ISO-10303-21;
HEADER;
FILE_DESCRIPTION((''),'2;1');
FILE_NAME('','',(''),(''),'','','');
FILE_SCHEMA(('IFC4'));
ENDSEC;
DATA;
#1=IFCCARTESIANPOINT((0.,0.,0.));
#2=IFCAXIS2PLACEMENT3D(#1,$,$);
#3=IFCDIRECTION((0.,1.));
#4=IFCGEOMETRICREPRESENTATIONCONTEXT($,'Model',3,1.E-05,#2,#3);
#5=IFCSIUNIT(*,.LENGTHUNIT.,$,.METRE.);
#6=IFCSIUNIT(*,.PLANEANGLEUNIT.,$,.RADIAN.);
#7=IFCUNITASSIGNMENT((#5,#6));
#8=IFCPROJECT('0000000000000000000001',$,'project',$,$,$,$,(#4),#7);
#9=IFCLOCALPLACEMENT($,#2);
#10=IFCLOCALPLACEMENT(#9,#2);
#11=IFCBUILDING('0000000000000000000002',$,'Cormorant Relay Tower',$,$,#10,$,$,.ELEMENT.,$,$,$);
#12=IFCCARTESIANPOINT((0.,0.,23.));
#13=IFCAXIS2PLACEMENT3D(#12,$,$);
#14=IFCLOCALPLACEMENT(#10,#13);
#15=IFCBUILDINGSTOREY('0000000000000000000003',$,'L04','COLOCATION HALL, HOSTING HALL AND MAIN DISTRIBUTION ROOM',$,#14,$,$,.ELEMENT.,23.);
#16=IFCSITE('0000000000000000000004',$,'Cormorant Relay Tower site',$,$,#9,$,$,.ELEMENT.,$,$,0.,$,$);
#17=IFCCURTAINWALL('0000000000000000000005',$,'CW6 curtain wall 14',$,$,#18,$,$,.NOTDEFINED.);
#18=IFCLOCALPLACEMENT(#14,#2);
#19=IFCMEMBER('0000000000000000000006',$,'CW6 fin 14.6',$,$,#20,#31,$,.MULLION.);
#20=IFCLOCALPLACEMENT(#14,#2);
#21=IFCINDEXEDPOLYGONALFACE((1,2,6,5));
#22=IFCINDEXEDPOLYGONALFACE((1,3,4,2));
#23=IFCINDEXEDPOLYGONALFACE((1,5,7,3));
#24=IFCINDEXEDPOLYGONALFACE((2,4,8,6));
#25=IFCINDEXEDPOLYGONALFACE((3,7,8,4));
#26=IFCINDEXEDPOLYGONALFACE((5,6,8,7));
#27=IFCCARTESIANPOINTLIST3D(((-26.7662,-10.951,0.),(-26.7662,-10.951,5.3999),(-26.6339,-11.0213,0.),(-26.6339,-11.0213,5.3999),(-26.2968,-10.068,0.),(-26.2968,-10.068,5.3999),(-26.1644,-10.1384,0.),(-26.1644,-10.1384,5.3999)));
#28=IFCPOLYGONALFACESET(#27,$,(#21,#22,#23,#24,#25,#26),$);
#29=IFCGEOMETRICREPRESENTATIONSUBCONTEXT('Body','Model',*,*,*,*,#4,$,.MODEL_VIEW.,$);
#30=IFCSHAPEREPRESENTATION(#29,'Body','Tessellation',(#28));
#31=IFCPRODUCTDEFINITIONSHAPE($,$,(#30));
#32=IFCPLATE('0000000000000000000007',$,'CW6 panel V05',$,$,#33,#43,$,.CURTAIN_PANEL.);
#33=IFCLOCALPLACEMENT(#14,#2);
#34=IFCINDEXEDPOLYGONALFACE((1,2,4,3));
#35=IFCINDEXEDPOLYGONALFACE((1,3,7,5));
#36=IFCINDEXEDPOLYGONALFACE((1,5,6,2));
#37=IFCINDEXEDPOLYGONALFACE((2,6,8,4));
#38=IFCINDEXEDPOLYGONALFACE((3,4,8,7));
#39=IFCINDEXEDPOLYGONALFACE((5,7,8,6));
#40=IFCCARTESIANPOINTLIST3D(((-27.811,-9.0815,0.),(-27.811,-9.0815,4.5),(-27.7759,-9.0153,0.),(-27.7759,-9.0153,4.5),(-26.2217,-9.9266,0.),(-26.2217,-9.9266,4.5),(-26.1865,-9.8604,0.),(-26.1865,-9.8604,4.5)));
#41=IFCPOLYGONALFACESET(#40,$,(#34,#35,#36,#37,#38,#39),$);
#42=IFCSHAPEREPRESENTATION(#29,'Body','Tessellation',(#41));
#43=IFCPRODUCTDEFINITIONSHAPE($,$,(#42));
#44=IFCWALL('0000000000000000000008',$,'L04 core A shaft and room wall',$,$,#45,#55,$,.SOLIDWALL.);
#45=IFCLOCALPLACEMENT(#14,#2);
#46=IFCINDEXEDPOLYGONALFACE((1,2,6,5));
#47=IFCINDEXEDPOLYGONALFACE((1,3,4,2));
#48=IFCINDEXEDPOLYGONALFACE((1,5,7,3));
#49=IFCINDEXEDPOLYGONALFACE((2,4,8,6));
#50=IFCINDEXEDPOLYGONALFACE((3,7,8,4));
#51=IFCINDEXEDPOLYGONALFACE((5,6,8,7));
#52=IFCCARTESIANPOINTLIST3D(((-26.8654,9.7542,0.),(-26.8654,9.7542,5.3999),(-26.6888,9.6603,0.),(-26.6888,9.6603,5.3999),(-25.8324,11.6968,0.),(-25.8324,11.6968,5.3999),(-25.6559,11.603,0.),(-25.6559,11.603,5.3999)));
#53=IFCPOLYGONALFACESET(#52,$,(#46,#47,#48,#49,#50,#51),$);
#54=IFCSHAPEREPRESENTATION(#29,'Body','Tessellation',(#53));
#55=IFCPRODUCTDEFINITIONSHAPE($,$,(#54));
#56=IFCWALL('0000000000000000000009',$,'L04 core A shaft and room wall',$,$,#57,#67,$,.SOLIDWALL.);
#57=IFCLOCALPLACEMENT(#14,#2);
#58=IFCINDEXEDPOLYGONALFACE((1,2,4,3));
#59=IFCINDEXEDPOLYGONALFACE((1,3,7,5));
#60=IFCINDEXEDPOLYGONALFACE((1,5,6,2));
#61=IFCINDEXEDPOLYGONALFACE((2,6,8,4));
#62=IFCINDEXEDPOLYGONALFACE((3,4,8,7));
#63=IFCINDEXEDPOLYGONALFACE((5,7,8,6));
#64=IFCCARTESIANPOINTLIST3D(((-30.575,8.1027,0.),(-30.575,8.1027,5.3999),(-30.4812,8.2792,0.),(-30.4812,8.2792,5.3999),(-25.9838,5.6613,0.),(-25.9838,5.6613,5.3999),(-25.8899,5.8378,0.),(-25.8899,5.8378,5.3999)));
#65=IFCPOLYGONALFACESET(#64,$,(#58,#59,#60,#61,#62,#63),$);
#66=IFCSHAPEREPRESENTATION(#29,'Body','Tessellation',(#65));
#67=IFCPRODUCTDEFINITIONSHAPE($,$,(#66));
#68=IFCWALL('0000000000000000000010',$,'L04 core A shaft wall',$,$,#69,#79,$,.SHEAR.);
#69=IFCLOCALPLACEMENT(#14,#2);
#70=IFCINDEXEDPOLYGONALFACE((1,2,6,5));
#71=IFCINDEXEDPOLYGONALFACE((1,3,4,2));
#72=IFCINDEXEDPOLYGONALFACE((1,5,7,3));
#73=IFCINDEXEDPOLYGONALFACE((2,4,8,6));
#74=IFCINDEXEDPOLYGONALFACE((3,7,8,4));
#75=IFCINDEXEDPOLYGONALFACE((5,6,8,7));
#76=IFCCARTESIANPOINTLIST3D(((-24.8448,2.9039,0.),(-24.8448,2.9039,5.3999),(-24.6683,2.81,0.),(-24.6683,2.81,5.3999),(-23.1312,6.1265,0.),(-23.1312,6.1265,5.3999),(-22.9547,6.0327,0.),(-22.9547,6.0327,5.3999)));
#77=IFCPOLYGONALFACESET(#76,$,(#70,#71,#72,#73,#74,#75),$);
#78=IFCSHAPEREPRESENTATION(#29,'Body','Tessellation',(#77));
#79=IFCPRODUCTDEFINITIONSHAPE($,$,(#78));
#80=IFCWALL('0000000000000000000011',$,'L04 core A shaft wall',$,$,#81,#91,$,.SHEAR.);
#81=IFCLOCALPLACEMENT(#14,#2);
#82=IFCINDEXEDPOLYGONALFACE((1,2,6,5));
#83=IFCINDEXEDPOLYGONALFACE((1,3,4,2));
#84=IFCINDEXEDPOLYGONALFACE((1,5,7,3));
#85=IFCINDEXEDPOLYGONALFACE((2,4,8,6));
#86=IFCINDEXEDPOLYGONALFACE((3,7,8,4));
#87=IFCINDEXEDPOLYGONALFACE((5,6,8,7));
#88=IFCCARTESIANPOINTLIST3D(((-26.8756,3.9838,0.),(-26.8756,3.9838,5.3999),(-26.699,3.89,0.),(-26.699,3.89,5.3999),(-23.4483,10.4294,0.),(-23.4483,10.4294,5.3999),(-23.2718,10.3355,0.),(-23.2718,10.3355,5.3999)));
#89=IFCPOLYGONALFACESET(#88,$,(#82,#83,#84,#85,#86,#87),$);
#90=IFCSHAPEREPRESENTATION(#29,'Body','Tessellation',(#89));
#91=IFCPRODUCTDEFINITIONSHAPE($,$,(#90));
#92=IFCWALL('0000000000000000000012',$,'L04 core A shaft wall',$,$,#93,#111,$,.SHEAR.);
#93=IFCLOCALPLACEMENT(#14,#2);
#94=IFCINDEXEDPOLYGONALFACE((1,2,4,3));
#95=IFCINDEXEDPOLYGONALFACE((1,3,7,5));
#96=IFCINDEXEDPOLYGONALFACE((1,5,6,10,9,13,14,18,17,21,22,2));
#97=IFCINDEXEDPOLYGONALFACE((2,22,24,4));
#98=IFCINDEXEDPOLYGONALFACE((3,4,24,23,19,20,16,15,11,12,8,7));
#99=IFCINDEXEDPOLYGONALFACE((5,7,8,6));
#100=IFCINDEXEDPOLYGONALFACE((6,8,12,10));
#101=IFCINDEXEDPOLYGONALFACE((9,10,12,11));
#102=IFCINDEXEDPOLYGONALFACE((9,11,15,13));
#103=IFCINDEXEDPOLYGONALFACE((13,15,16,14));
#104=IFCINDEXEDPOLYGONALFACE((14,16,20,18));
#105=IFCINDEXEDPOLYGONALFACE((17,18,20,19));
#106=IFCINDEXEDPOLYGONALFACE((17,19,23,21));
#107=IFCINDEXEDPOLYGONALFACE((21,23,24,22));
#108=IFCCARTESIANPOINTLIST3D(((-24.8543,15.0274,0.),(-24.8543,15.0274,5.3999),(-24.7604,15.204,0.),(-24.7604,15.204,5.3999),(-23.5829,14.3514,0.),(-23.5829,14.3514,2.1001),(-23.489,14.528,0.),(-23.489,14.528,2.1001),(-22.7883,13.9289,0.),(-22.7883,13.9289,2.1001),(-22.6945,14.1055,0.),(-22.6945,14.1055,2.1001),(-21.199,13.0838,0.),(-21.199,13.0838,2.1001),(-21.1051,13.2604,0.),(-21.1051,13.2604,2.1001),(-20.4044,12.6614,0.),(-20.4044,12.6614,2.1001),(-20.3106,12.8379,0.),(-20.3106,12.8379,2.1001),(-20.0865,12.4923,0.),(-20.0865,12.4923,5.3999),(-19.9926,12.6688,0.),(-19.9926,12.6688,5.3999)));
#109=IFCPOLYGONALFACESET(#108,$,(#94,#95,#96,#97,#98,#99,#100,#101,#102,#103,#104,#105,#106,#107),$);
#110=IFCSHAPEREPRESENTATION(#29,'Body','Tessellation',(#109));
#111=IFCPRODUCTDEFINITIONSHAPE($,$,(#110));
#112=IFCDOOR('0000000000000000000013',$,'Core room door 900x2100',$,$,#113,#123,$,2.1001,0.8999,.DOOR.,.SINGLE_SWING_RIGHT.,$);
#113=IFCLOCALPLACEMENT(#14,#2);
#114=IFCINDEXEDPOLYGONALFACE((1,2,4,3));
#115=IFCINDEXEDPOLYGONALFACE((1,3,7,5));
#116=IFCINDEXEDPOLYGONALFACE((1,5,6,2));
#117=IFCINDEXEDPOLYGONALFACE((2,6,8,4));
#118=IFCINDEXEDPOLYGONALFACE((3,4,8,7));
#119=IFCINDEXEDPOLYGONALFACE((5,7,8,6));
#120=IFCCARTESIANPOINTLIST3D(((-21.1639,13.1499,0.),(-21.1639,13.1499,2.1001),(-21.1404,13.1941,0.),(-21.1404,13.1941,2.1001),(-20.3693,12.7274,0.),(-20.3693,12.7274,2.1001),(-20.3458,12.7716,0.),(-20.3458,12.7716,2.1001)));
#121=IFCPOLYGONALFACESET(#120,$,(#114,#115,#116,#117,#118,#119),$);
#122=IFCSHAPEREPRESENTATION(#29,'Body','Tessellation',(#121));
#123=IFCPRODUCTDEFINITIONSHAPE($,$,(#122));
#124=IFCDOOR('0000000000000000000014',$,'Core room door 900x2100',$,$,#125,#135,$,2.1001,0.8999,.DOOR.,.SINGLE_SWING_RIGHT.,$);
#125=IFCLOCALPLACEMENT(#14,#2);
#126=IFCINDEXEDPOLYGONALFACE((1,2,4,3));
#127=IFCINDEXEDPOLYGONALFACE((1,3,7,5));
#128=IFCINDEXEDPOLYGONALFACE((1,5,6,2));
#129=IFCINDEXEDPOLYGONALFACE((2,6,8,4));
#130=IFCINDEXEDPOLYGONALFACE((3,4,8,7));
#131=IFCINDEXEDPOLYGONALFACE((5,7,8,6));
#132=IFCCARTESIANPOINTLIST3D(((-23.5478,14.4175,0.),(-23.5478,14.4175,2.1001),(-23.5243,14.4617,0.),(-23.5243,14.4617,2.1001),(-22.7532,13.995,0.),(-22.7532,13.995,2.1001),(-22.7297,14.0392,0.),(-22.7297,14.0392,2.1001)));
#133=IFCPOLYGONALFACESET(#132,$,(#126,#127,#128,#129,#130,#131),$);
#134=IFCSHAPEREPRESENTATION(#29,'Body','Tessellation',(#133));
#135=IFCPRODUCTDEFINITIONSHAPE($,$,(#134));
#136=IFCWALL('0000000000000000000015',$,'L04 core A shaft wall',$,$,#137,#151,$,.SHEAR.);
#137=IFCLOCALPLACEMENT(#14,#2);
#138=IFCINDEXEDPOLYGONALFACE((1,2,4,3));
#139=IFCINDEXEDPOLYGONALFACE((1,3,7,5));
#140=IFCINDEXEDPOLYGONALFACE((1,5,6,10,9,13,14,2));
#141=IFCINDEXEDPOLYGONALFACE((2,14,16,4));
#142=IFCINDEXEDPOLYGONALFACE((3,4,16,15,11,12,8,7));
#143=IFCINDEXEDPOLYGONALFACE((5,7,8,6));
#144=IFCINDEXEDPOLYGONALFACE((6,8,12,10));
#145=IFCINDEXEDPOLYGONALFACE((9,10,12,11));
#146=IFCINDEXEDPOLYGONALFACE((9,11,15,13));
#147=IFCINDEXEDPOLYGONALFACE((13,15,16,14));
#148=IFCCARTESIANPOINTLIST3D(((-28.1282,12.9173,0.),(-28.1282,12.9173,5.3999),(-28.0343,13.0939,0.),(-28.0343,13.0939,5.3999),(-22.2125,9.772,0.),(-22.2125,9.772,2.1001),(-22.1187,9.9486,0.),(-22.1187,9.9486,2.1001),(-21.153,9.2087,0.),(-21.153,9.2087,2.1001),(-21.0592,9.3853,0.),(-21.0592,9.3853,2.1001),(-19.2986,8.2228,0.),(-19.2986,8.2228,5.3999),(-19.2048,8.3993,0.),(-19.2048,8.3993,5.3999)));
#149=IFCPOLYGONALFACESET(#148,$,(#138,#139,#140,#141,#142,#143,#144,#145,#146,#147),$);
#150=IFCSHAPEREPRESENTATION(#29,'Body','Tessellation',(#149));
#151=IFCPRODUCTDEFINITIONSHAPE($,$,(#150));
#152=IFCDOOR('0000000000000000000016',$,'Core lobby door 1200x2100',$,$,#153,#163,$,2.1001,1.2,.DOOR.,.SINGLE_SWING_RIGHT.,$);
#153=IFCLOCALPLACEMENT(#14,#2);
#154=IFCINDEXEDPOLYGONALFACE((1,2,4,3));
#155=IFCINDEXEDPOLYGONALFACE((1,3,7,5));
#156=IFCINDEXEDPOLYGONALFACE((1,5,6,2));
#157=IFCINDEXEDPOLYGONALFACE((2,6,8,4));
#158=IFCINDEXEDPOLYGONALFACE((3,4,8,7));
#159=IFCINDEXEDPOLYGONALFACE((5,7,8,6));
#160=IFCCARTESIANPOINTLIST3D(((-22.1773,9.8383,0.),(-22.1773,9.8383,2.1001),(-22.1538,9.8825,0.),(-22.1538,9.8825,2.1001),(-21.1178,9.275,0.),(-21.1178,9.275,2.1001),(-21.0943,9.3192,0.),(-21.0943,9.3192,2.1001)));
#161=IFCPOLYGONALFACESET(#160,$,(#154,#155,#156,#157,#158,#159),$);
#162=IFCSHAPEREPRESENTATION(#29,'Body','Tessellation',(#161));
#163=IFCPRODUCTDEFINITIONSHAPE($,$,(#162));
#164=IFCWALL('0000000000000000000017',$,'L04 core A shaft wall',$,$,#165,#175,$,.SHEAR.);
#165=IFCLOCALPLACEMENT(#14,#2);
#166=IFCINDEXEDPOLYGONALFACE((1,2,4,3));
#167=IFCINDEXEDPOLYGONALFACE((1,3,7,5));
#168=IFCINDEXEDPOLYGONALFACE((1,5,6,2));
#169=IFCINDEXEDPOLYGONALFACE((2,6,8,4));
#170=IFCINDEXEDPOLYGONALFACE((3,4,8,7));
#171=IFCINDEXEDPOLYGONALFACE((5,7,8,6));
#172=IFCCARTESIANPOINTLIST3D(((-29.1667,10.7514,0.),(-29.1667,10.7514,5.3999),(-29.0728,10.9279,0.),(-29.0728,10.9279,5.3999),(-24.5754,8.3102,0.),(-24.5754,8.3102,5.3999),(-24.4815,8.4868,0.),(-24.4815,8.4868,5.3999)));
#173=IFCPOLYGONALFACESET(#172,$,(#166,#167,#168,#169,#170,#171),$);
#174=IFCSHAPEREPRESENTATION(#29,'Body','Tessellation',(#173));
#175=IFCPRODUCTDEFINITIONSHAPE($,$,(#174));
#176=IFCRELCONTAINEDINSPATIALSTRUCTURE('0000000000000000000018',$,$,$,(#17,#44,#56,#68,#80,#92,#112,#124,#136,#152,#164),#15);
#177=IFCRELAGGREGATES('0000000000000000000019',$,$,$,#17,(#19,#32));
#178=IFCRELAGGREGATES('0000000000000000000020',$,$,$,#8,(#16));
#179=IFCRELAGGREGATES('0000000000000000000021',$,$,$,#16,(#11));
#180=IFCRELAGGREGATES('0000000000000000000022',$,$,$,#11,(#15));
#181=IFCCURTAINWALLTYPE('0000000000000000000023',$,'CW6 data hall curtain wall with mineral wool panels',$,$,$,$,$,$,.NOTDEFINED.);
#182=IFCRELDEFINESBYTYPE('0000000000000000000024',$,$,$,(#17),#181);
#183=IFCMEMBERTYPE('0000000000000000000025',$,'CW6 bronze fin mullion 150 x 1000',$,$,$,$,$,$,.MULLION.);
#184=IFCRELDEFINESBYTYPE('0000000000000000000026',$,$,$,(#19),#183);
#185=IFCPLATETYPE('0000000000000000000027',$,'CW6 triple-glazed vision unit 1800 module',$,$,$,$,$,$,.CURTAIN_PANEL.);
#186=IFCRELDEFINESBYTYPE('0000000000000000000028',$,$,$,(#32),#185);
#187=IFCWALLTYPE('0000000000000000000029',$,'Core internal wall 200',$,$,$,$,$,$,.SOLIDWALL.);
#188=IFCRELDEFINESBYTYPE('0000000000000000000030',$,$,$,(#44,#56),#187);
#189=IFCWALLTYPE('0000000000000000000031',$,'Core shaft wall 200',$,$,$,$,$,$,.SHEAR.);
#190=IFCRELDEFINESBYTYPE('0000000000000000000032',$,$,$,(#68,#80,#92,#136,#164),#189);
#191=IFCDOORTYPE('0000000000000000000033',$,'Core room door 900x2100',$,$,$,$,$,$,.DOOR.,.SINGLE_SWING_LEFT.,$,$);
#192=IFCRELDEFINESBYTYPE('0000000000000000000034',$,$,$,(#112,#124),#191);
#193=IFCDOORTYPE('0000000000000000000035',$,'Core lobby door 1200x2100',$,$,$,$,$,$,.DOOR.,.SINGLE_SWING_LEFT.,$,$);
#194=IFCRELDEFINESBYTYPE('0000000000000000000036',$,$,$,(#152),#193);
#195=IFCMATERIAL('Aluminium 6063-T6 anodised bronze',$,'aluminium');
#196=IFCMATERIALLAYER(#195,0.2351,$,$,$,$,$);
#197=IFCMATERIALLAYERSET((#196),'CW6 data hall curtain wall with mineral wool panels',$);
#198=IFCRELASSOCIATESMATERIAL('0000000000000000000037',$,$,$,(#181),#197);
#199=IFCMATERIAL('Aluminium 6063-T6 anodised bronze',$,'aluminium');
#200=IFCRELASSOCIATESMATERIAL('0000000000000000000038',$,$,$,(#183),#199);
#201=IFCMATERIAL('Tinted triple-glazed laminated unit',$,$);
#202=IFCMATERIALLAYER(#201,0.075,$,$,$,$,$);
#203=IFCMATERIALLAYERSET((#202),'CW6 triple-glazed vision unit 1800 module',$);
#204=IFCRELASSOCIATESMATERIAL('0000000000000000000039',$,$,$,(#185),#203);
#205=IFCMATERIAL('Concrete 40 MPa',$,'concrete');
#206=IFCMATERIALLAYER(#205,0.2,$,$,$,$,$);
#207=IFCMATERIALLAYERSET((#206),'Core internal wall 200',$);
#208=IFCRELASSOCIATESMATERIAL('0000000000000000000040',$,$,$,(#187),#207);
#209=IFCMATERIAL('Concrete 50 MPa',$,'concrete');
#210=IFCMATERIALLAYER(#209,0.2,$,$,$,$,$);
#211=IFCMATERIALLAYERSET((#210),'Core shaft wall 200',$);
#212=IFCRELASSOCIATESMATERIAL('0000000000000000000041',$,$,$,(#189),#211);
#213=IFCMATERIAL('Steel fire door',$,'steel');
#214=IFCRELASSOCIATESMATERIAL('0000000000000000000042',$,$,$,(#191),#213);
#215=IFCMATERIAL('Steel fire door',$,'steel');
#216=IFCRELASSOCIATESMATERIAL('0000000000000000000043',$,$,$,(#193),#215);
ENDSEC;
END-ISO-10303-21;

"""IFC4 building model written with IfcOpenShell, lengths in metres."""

from ifc_helpers import new_model, si_unit, direction, frame, frame_2d, origin, origin_2d, place, context, subcontext, project, spatial, rectangle, extrude, material, layer, layer_set, material_profile, profile_set, type_object, element, fill, aggregate, save


model = new_model("IFC4")

# Units and contexts
model_context = context("Model", 3, precision=1e-05, world=origin(), true_north=direction((0.0, 1.0)))
body_context = subcontext(model_context, "Body", "Model", "MODEL_VIEW")
ifc_project = project(units=[si_unit("LENGTHUNIT", "METRE"), si_unit("PLANEANGLEUNIT", "RADIAN")], contexts=[model_context])

# Site, building, storey
site_placement = place(None, origin())
site = spatial("IfcSite", under=ifc_project, at=site_placement, Name="Cormorant Relay Tower site", CompositionType="ELEMENT", RefElevation=0.0)
building_placement = place(site_placement, origin())
building = spatial("IfcBuilding", under=site, at=building_placement, Name="Cormorant Relay Tower", CompositionType="ELEMENT")
storey_placement = place(building_placement, frame((0.0, 0.0, 23.0)))
storey = spatial("IfcBuildingStorey", under=building, at=storey_placement, Name="L04", Description="COLOCATION HALL, HOSTING HALL AND MAIN DISTRIBUTION ROOM", CompositionType="ELEMENT", Elevation=23.0)

# Curtain wall, member, plate
ifc_material_1 = material(Name="Aluminium 6063-T6 anodised bronze", Category="aluminium")
ifc_layer_1 = layer(ifc_material_1, 0.2351)
ifc_layer_set_1 = layer_set([ifc_layer_1], Name="CW6 data hall curtain wall with mineral wool panels")
curtain_wall_type = type_object("IfcCurtainWallType", Name="CW6 data hall curtain wall with mineral wool panels", PredefinedType="NOTDEFINED", material=ifc_layer_set_1)
curtain_wall_placement = place(storey_placement, origin())
curtain_wall = element("IfcCurtainWall", 1, at=curtain_wall_placement, inside=storey, type_object=curtain_wall_type, Name="CW6 curtain wall 14", PredefinedType="NOTDEFINED")
ifc_material_2 = material(Name="Aluminium 6063-T6 anodised bronze", Category="aluminium")
ifc_material_profile = material_profile(ifc_material_2, rectangle(XDim=0.1499, YDim=1.0, at=origin_2d()), Name="AL 150x1000")
ifc_profile_set = profile_set([ifc_material_profile], Name="Aluminium 6063-T6 anodised bronze")
member_type = type_object("IfcMemberType", Name="CW6 bronze fin mullion 150 x 1000", PredefinedType="MULLION", material=ifc_profile_set)
member_placement = place(storey_placement, frame((-26.4653, -10.5447, 0.0), z_axis=(0.0, 0.0, 1.0), x_axis=(0.882948, -0.469472, 0.0)))
member = element("IfcMember", 2, at=member_placement, type_object=member_type, Name="CW6 fin 14.6", PredefinedType="MULLION", context=body_context, shape_type="SweptSolid", body=[
    extrude(rectangle(XDim=0.1499, YDim=1.0, at=origin_2d()), origin(), (0.0, 0.0, 1.0), 5.3999),
])
ifc_material_3 = material(Name="Tinted triple-glazed laminated unit")
ifc_layer_2 = layer(ifc_material_3, 0.075)
ifc_layer_set_2 = layer_set([ifc_layer_2], Name="CW6 triple-glazed vision unit 1800 module")
plate_type = type_object("IfcPlateType", Name="CW6 triple-glazed vision unit 1800 module", PredefinedType="CURTAIN_PANEL", material=ifc_layer_set_2)
plate_placement = place(storey_placement, frame((-26.9988, -9.4709, 0.0), z_axis=(0.0, 0.0, 1.0), x_axis=(0.882948, -0.469472, 0.0)))
plate = element("IfcPlate", 3, at=plate_placement, type_object=plate_type, Name="CW6 panel V05", PredefinedType="CURTAIN_PANEL", context=body_context, shape_type="SweptSolid", body=[
    extrude(rectangle(XDim=1.8, YDim=0.075, at=origin_2d()), origin(), (0.0, 0.0, 1.0), 4.5),
])

# Walls
ifc_material_4 = material(Name="Concrete 40 MPa", Category="concrete")
ifc_layer_3 = layer(ifc_material_4, 0.2)
ifc_layer_set_3 = layer_set([ifc_layer_3], Name="Core internal wall 200")
wall_type_1 = type_object("IfcWallType", Name="Core internal wall 200", PredefinedType="SOLIDWALL", material=ifc_layer_set_3)
wall_1_placement = place(storey_placement, frame((-25.7441, 11.6499, 0.0), z_axis=(0.0, 0.0, 1.0), x_axis=(-0.469488, -0.882939, 0.0)))
element("IfcWall", 4, at=wall_1_placement, inside=storey, type_object=wall_type_1, Name="L04 core A shaft and room wall", PredefinedType="SOLIDWALL", context=body_context, shape_type="SweptSolid", body=[
    extrude(rectangle(XDim=2.2002, YDim=0.2, at=frame_2d((1.1001, 0.0))), origin(), (0.0, 0.0, 1.0), 5.3999),
])
wall_2_placement = place(storey_placement, frame((-25.9368, 5.7495, 0.0), z_axis=(0.0, 0.0, 1.0), x_axis=(-0.882935, 0.469496, 0.0)))
element("IfcWall", 5, at=wall_2_placement, inside=storey, type_object=wall_type_1, Name="L04 core A shaft and room wall", PredefinedType="SOLIDWALL", context=body_context, shape_type="SweptSolid", body=[
    extrude(rectangle(XDim=5.2, YDim=0.2, at=frame_2d((2.6001, 0.0))), origin(), (0.0, 0.0, 1.0), 5.3999),
])
ifc_material_5 = material(Name="Concrete 50 MPa", Category="concrete")
ifc_layer_4 = layer(ifc_material_5, 0.2)
ifc_layer_set_4 = layer_set([ifc_layer_4], Name="Core shaft wall 200")
wall_type_2 = type_object("IfcWallType", Name="Core shaft wall 200", PredefinedType="SHEAR", material=ifc_layer_set_4)
wall_3_placement = place(storey_placement, frame((-23.043, 6.0796, 0.0), z_axis=(0.0, 0.0, 1.0), x_axis=(-0.469494, -0.882936, 0.0)))
element("IfcWall", 6, at=wall_3_placement, inside=storey, type_object=wall_type_2, Name="L04 core A shaft wall", PredefinedType="SHEAR", context=body_context, shape_type="SweptSolid", body=[
    extrude(rectangle(XDim=3.6499, YDim=0.2, at=frame_2d((1.825, 0.0))), origin(), (0.0, 0.0, 1.0), 5.3999),
])
wall_4_placement = place(storey_placement, frame((-23.3601, 10.3823, 0.0), z_axis=(0.0, 0.0, 1.0), x_axis=(-0.46948, -0.882943, 0.0)))
element("IfcWall", 7, at=wall_4_placement, inside=storey, type_object=wall_type_2, Name="L04 core A shaft wall", PredefinedType="SHEAR", context=body_context, shape_type="SweptSolid", body=[
    extrude(rectangle(XDim=7.3, YDim=0.2, at=frame_2d((3.6499, 0.0))), origin(), (0.0, 0.0, 1.0), 5.3999),
])

# Wall, openings, doors
wall_5_placement = place(storey_placement, frame((-20.0396, 12.5806, 0.0), z_axis=(0.0, 0.0, 1.0), x_axis=(-0.882943, 0.46948, 0.0)))
wall_5 = element("IfcWall", 8, at=wall_5_placement, inside=storey, type_object=wall_type_2, Name="L04 core A shaft wall", PredefinedType="SHEAR", context=body_context, shape_type="SweptSolid", body=[
    extrude(rectangle(XDim=5.3999, YDim=0.2, at=frame_2d((2.7, 0.0))), origin(), (0.0, 0.0, 1.0), 5.3999),
])
opening_1_placement = place(wall_5_placement, frame((0.3601, 0.0, 0.0)))
opening_1 = element("IfcOpeningElement", 9, at=opening_1_placement, cuts=wall_5, PredefinedType="OPENING", context=body_context, shape_type="SweptSolid", body=[
    extrude(rectangle(XDim=0.8999, YDim=2.1001, at=frame_2d((0.45, 1.05))), frame((0.0, 0.1099, 0.0), z_axis=(0.0, -1.0, 0.0), x_axis=(1.0, 0.0, 0.0)), (0.0, 0.0, 1.0), 0.22),
])
opening_2_placement = place(wall_5_placement, frame((3.0601, 0.0, 0.0)))
opening_2 = element("IfcOpeningElement", 10, at=opening_2_placement, cuts=wall_5, PredefinedType="OPENING", context=body_context, shape_type="SweptSolid", body=[
    extrude(rectangle(XDim=0.8999, YDim=2.1001, at=frame_2d((0.45, 1.05))), frame((0.0, 0.1099, 0.0), z_axis=(0.0, -1.0, 0.0), x_axis=(1.0, 0.0, 0.0)), (0.0, 0.0, 1.0), 0.22),
])
ifc_material_6 = material(Name="Steel fire door", Category="steel")
door_type_1 = type_object("IfcDoorType", Name="Core room door 900x2100", OperationType="SINGLE_SWING_LEFT", PredefinedType="DOOR", material=ifc_material_6)
door_1_placement = place(opening_1_placement, frame((0.8999, 0.0, 0.0), z_axis=(0.0, 0.0, 1.0), x_axis=(-1.0, 0.0, 0.0)))
door_1 = element("IfcDoor", 11, at=door_1_placement, inside=storey, type_object=door_type_1, Name="Core room door 900x2100", OperationType="SINGLE_SWING_RIGHT", OverallHeight=2.1001, OverallWidth=0.8999, PredefinedType="DOOR", context=body_context, shape_type="SweptSolid", body=[
    extrude(rectangle(XDim=0.8999, YDim=2.1001, at=frame_2d((0.45, 1.05))), frame((0.0, 0.0249, 0.0), z_axis=(0.0, -1.0, 0.0), x_axis=(1.0, 0.0, 0.0)), (0.0, 0.0, 1.0), 0.05),
])
fill(opening_1, door_1)
door_2_placement = place(opening_2_placement, frame((0.8999, 0.0, 0.0), z_axis=(0.0, 0.0, 1.0), x_axis=(-1.0, 0.0, 0.0)))
door_2 = element("IfcDoor", 12, at=door_2_placement, inside=storey, type_object=door_type_1, Name="Core room door 900x2100", OperationType="SINGLE_SWING_RIGHT", OverallHeight=2.1001, OverallWidth=0.8999, PredefinedType="DOOR", context=body_context, shape_type="SweptSolid", body=[
    extrude(rectangle(XDim=0.8999, YDim=2.1001, at=frame_2d((0.45, 1.05))), frame((0.0, 0.0249, 0.0), z_axis=(0.0, -1.0, 0.0), x_axis=(1.0, 0.0, 0.0)), (0.0, 0.0, 1.0), 0.05),
])
fill(opening_2, door_2)

# Wall, opening, door
wall_6_placement = place(storey_placement, frame((-19.2517, 8.311, 0.0), z_axis=(0.0, 0.0, 1.0), x_axis=(-0.882956, 0.469456, 0.0)))
wall_6 = element("IfcWall", 13, at=wall_6_placement, inside=storey, type_object=wall_type_2, Name="L04 core A shaft wall", PredefinedType="SHEAR", context=body_context, shape_type="SweptSolid", body=[
    extrude(rectangle(XDim=10.0, YDim=0.2, at=frame_2d((5.0, 0.0))), origin(), (0.0, 0.0, 1.0), 5.3999),
])
opening_3_placement = place(wall_6_placement, frame((2.1001, 0.0, 0.0)))
opening_3 = element("IfcOpeningElement", 14, at=opening_3_placement, cuts=wall_6, PredefinedType="OPENING", context=body_context, shape_type="SweptSolid", body=[
    extrude(rectangle(XDim=1.2, YDim=2.1001, at=frame_2d((0.6001, 1.05))), frame((0.0, 0.1099, 0.0), z_axis=(0.0, -1.0, 0.0), x_axis=(1.0, 0.0, 0.0)), (0.0, 0.0, 1.0), 0.22),
])
ifc_material_7 = material(Name="Steel fire door", Category="steel")
door_type_2 = type_object("IfcDoorType", Name="Core lobby door 1200x2100", OperationType="SINGLE_SWING_LEFT", PredefinedType="DOOR", material=ifc_material_7)
door_3_placement = place(opening_3_placement, origin())
door_3 = element("IfcDoor", 15, at=door_3_placement, inside=storey, type_object=door_type_2, Name="Core lobby door 1200x2100", OperationType="SINGLE_SWING_RIGHT", OverallHeight=2.1001, OverallWidth=1.2, PredefinedType="DOOR", context=body_context, shape_type="SweptSolid", body=[
    extrude(rectangle(XDim=1.2, YDim=2.1001, at=frame_2d((0.6001, 1.05))), frame((0.0, 0.0249, 0.0), z_axis=(0.0, -1.0, 0.0), x_axis=(1.0, 0.0, 0.0)), (0.0, 0.0, 1.0), 0.05),
])
fill(opening_3, door_3)

# Wall
wall_7_placement = place(storey_placement, frame((-24.5283, 8.3984, 0.0), z_axis=(0.0, 0.0, 1.0), x_axis=(-0.882954, 0.46946, 0.0)))
element("IfcWall", 16, at=wall_7_placement, inside=storey, type_object=wall_type_2, Name="L04 core A shaft wall", PredefinedType="SHEAR", context=body_context, shape_type="SweptSolid", body=[
    extrude(rectangle(XDim=5.2, YDim=0.2, at=frame_2d((2.6001, 0.0))), origin(), (0.0, 0.0, 1.0), 5.3999),
])

aggregate(curtain_wall, [member, plate])

save(model, "model.ifc")
